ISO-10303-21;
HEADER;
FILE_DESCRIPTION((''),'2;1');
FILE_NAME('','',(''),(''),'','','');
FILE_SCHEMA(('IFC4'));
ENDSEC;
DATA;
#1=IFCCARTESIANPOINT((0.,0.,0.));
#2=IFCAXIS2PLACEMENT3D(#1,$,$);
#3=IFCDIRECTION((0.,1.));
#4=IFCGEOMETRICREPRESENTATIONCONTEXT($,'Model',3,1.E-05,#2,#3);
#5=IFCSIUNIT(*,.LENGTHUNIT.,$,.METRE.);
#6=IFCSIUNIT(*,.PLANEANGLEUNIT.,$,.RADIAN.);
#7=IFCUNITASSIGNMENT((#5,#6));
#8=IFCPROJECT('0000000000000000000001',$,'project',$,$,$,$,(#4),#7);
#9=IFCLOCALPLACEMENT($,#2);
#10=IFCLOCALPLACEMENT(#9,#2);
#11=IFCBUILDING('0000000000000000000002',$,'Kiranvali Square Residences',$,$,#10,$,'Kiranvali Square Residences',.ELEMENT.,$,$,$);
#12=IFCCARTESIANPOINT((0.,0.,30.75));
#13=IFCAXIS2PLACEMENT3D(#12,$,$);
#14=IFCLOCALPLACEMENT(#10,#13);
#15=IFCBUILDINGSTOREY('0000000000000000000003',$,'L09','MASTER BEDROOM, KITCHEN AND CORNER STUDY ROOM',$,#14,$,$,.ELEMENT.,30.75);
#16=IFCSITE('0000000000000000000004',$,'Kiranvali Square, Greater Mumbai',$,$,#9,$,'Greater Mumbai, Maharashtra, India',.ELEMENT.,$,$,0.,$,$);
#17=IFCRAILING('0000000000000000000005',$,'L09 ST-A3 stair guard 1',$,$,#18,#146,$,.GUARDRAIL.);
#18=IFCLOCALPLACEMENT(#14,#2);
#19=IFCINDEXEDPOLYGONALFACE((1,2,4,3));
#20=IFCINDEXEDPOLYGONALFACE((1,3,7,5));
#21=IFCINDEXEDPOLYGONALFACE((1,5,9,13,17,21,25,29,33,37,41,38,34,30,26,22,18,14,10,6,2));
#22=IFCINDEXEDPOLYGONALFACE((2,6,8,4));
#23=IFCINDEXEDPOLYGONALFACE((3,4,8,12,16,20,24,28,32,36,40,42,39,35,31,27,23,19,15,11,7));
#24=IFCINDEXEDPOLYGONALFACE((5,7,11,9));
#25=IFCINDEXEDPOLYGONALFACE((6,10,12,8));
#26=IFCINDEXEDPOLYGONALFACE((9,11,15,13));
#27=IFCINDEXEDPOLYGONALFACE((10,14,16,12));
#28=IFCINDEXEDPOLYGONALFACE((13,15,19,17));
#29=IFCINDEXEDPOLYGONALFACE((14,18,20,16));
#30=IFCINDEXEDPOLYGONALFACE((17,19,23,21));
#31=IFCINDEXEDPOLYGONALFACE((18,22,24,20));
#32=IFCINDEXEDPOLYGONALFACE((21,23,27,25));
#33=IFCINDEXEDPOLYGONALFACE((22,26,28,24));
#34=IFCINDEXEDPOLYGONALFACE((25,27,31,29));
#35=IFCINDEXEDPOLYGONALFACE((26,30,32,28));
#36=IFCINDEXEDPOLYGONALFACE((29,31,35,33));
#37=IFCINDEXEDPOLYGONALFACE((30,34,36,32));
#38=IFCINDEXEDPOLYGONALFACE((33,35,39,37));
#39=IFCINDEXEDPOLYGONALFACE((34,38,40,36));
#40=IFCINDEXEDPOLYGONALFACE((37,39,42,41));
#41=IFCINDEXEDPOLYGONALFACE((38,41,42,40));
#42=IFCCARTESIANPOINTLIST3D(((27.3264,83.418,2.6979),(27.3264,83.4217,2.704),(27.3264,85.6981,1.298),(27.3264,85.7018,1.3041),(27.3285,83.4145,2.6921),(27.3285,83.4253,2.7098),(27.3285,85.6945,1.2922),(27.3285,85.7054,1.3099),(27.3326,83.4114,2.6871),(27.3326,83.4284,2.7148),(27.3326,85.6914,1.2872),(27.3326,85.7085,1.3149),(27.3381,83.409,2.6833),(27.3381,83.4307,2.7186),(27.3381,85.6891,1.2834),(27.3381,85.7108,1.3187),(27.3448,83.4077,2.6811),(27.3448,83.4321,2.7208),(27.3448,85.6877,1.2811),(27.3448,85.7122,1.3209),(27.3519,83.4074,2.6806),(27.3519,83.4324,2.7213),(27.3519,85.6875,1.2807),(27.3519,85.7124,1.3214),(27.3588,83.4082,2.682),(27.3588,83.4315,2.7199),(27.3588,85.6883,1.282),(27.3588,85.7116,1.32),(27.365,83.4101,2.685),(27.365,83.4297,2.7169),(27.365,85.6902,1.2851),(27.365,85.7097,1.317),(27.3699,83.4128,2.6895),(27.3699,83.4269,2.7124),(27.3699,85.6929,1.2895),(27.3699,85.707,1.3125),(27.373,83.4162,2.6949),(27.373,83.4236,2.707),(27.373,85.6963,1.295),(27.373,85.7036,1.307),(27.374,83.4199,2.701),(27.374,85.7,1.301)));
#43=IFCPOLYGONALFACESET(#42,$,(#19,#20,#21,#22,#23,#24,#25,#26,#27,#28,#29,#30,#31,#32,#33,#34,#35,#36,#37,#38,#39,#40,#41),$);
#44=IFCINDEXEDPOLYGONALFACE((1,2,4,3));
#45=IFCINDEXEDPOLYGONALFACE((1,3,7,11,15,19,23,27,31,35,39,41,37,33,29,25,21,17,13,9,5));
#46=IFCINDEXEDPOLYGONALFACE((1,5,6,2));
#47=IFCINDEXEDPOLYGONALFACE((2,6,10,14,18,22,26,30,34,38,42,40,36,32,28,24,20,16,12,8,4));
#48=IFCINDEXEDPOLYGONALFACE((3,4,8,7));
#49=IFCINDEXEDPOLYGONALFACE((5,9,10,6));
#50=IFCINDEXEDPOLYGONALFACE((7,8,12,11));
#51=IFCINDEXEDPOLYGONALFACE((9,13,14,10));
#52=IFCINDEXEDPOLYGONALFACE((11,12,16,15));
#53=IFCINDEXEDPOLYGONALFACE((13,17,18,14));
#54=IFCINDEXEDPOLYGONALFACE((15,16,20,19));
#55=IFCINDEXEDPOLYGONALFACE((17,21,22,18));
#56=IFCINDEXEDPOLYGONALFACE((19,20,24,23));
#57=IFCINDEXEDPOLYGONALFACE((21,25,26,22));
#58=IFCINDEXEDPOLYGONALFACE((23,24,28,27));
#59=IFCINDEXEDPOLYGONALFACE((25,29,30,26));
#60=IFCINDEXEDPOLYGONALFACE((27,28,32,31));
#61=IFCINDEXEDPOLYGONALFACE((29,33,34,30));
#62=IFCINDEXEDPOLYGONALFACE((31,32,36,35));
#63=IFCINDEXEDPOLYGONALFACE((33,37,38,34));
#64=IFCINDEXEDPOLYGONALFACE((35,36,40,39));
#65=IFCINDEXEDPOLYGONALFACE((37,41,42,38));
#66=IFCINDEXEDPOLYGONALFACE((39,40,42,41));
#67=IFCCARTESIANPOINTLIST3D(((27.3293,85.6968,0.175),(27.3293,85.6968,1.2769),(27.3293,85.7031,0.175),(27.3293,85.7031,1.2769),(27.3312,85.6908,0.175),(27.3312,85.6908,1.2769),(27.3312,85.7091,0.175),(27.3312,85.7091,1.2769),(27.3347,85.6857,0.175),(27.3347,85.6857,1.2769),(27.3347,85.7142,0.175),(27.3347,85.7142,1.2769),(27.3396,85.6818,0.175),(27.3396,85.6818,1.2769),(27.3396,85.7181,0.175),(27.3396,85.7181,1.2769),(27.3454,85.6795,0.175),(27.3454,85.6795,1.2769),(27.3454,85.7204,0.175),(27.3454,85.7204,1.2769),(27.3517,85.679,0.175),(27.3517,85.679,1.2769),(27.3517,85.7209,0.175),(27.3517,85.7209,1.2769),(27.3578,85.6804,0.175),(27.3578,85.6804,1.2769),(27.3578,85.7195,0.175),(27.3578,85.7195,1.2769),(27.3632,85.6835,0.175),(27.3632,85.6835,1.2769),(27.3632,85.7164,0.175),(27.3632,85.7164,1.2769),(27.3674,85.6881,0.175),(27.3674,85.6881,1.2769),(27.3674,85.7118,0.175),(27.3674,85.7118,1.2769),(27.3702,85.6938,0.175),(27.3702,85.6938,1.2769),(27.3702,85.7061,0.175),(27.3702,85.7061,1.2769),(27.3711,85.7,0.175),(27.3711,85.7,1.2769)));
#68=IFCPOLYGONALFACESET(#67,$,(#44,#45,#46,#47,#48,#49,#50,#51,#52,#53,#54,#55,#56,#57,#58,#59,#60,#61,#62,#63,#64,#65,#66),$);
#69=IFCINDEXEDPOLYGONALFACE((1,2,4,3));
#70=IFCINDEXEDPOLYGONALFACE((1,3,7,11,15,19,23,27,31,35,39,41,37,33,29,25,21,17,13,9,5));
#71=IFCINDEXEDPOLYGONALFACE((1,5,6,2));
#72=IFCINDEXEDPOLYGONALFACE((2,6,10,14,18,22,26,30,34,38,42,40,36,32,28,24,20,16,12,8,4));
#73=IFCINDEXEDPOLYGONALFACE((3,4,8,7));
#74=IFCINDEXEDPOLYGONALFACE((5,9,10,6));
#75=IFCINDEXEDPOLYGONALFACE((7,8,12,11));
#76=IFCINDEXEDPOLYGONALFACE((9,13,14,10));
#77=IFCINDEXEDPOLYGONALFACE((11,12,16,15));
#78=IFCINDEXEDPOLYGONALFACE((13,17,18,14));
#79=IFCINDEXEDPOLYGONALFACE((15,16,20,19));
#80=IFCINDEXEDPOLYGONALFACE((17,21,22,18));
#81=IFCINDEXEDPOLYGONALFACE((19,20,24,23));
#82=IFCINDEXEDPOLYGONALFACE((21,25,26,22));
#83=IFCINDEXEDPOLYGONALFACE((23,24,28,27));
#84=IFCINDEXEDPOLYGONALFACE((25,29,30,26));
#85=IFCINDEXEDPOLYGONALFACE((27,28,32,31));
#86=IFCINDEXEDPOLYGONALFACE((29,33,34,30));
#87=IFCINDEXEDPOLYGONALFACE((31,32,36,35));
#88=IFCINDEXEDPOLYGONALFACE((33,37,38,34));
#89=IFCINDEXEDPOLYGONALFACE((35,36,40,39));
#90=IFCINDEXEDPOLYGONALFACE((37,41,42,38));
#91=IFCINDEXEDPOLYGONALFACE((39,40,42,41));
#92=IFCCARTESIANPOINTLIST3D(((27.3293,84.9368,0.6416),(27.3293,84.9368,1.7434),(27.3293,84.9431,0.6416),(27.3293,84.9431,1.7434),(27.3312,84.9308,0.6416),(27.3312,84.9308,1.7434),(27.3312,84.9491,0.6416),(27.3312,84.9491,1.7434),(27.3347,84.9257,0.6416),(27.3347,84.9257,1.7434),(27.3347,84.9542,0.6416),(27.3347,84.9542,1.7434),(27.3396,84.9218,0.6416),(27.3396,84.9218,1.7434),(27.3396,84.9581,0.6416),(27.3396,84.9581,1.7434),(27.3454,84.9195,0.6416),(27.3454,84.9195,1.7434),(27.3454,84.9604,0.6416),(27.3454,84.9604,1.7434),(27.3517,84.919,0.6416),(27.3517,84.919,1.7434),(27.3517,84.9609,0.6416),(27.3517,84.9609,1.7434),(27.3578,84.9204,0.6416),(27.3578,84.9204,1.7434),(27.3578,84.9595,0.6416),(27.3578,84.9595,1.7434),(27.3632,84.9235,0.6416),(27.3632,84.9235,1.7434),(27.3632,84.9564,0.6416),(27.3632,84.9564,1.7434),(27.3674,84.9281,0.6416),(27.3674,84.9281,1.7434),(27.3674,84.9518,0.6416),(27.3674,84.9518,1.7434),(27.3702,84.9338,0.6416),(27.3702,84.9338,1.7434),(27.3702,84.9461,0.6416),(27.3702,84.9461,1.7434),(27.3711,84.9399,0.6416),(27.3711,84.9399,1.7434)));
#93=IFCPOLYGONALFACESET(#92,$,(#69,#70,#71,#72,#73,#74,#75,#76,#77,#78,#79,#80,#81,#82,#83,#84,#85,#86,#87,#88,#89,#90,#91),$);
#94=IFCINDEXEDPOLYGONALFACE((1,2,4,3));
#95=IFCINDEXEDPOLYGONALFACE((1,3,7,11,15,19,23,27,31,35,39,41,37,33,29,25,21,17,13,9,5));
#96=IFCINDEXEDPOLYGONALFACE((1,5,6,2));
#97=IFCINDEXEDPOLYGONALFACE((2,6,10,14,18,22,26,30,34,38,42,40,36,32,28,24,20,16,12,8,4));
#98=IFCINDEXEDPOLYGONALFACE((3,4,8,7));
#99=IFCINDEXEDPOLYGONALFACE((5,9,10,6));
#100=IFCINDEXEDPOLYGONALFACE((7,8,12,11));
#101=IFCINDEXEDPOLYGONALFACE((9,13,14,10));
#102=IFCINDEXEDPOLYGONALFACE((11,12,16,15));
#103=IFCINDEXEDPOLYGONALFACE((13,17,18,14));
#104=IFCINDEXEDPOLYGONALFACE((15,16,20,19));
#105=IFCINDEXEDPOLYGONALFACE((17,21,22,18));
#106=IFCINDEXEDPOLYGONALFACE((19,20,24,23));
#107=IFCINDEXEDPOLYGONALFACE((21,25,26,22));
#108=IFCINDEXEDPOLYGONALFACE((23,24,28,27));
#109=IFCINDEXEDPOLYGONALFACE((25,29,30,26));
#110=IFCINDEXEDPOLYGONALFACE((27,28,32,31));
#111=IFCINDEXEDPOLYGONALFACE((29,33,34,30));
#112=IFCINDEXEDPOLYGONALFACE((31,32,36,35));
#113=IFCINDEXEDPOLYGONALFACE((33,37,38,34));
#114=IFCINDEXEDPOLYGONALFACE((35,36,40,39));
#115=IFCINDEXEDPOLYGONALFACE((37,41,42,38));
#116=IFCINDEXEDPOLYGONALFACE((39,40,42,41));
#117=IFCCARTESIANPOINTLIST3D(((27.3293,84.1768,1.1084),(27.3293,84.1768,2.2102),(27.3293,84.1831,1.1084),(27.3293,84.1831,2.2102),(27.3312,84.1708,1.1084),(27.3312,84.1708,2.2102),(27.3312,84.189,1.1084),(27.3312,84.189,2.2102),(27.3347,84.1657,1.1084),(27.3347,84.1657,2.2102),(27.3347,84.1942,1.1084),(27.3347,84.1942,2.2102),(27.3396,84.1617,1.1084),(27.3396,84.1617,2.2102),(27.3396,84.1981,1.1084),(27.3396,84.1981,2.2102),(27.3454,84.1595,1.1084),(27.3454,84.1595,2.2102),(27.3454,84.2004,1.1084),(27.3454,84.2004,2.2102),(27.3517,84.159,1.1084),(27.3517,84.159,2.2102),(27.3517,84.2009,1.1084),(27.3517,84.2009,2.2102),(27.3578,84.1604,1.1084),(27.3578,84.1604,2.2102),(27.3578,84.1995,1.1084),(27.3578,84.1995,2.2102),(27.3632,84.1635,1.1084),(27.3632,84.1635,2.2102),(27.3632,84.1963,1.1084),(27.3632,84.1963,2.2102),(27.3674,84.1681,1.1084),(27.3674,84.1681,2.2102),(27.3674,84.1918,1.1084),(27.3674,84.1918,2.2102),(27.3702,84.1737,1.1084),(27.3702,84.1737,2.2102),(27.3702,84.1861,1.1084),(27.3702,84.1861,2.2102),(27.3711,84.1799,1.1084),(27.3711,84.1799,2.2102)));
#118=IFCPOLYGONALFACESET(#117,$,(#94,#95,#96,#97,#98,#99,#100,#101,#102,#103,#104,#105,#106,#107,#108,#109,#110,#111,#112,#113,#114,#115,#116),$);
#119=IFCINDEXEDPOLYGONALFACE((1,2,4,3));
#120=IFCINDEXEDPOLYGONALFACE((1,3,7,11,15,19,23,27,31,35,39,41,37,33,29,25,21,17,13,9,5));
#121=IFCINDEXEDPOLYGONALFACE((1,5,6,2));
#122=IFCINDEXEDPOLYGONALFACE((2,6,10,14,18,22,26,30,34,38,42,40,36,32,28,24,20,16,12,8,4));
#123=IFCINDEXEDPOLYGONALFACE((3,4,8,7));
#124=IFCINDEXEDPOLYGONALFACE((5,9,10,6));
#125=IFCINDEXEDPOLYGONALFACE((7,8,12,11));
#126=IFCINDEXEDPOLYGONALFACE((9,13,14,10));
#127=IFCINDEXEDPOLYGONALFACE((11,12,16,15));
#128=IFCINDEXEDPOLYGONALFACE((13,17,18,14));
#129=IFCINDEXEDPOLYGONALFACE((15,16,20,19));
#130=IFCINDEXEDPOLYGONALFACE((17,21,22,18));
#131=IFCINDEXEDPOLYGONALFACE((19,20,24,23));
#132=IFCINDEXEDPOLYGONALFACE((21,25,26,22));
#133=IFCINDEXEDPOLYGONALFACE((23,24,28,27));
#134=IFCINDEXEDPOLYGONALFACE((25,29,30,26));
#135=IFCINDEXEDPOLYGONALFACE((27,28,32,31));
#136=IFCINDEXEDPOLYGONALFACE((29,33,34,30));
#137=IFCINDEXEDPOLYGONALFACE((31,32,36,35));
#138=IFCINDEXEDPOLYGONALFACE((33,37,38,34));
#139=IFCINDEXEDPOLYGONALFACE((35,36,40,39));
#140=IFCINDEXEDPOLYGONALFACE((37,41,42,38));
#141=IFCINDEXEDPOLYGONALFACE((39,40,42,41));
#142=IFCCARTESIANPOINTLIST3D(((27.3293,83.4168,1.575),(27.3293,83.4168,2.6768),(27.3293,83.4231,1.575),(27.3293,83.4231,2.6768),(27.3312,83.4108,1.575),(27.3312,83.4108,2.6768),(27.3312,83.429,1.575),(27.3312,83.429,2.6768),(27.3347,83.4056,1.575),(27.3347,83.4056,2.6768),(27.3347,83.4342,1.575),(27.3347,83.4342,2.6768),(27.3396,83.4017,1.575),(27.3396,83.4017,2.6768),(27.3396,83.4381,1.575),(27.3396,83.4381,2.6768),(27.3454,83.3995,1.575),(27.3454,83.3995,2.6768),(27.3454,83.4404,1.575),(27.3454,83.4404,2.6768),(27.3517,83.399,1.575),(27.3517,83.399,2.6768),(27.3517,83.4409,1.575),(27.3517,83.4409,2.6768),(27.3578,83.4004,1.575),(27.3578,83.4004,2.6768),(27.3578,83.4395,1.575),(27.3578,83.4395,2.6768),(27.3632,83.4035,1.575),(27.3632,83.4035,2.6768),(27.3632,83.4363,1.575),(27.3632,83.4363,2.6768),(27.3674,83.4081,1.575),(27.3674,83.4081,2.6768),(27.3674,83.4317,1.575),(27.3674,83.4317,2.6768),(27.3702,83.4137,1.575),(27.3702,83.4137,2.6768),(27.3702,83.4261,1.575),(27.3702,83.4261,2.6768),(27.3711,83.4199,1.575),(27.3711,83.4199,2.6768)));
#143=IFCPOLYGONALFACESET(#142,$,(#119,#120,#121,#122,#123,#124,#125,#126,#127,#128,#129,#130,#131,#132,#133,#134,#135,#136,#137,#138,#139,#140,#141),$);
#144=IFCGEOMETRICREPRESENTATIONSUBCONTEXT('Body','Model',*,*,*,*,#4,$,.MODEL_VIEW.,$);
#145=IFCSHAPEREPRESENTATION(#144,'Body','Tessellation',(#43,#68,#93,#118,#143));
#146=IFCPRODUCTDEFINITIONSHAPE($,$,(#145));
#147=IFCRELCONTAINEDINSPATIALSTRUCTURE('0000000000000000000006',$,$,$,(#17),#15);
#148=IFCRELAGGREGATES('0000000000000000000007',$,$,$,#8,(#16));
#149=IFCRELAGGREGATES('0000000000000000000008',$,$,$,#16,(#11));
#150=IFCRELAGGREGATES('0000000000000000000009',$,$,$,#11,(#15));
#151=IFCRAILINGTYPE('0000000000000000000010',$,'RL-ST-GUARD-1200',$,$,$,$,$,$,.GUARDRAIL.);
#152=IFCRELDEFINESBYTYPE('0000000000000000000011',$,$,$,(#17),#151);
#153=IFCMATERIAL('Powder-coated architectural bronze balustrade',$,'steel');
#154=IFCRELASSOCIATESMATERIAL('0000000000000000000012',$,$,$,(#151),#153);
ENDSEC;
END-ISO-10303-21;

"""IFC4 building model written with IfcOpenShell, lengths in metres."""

from ifc_helpers import new_model, si_unit, direction, frame, origin, origin_2d, place, context, subcontext, project, spatial, circle, extrude, material, type_object, element, save


model = new_model("IFC4")

# Units and contexts
model_context = context("Model", 3, precision=1e-05, world=origin(), true_north=direction((0.0, 1.0)))
body_context = subcontext(model_context, "Body", "Model", "MODEL_VIEW")
ifc_project = project(units=[si_unit("LENGTHUNIT", "METRE"), si_unit("PLANEANGLEUNIT", "RADIAN")], contexts=[model_context])

# Site, building, storey
site_placement = place(None, origin())
site = spatial("IfcSite", under=ifc_project, at=site_placement, Name="Kiranvali Square, Greater Mumbai", LongName="Greater Mumbai, Maharashtra, India", CompositionType="ELEMENT", RefElevation=0.0)
building_placement = place(site_placement, origin())
building = spatial("IfcBuilding", under=site, at=building_placement, Name="Kiranvali Square Residences", LongName="Kiranvali Square Residences", CompositionType="ELEMENT")
storey_placement = place(building_placement, frame((0.0, 0.0, 30.75)))
storey = spatial("IfcBuildingStorey", under=building, at=storey_placement, Name="L09", Description="MASTER BEDROOM, KITCHEN AND CORNER STUDY ROOM", CompositionType="ELEMENT", Elevation=30.75)

# Railing
ifc_material_1 = material(Name="Powder-coated architectural bronze balustrade", Category="steel")
railing_type_1 = type_object("IfcRailingType", Name="RL-ST-GUARD-1200", PredefinedType="GUARDRAIL", material=ifc_material_1)
railing_1_placement = place(storey_placement, frame((27.3501, 85.7, 0.175)))
element("IfcRailing", 1, at=railing_1_placement, inside=storey, type_object=railing_type_1, Name="L09 ST-A3 stair guard 1", PredefinedType="GUARDRAIL", context=body_context, shape_type="SweptSolid", body=[
    extrude(circle(Radius=0.0239, at=origin_2d()), frame((0.0, 0.0, 1.126), z_axis=(0.0, -0.85219, 0.523232), x_axis=(1.0, 0.0, 0.0)), (0.0, 0.0, 1.0), 2.6755),
    extrude(circle(Radius=0.021, at=origin_2d()), origin(), (0.0, 0.0, 1.0), 1.1018),
    extrude(circle(Radius=0.021, at=origin_2d()), frame((0.0, -0.76, 0.4666)), (0.0, 0.0, 1.0), 1.1018),
    extrude(circle(Radius=0.021, at=origin_2d()), frame((0.0, -1.52, 0.9333)), (0.0, 0.0, 1.0), 1.1018),
    extrude(circle(Radius=0.021, at=origin_2d()), frame((0.0, -2.28, 1.3999)), (0.0, 0.0, 1.0), 1.1018),
])

save(model, "model.ifc")
